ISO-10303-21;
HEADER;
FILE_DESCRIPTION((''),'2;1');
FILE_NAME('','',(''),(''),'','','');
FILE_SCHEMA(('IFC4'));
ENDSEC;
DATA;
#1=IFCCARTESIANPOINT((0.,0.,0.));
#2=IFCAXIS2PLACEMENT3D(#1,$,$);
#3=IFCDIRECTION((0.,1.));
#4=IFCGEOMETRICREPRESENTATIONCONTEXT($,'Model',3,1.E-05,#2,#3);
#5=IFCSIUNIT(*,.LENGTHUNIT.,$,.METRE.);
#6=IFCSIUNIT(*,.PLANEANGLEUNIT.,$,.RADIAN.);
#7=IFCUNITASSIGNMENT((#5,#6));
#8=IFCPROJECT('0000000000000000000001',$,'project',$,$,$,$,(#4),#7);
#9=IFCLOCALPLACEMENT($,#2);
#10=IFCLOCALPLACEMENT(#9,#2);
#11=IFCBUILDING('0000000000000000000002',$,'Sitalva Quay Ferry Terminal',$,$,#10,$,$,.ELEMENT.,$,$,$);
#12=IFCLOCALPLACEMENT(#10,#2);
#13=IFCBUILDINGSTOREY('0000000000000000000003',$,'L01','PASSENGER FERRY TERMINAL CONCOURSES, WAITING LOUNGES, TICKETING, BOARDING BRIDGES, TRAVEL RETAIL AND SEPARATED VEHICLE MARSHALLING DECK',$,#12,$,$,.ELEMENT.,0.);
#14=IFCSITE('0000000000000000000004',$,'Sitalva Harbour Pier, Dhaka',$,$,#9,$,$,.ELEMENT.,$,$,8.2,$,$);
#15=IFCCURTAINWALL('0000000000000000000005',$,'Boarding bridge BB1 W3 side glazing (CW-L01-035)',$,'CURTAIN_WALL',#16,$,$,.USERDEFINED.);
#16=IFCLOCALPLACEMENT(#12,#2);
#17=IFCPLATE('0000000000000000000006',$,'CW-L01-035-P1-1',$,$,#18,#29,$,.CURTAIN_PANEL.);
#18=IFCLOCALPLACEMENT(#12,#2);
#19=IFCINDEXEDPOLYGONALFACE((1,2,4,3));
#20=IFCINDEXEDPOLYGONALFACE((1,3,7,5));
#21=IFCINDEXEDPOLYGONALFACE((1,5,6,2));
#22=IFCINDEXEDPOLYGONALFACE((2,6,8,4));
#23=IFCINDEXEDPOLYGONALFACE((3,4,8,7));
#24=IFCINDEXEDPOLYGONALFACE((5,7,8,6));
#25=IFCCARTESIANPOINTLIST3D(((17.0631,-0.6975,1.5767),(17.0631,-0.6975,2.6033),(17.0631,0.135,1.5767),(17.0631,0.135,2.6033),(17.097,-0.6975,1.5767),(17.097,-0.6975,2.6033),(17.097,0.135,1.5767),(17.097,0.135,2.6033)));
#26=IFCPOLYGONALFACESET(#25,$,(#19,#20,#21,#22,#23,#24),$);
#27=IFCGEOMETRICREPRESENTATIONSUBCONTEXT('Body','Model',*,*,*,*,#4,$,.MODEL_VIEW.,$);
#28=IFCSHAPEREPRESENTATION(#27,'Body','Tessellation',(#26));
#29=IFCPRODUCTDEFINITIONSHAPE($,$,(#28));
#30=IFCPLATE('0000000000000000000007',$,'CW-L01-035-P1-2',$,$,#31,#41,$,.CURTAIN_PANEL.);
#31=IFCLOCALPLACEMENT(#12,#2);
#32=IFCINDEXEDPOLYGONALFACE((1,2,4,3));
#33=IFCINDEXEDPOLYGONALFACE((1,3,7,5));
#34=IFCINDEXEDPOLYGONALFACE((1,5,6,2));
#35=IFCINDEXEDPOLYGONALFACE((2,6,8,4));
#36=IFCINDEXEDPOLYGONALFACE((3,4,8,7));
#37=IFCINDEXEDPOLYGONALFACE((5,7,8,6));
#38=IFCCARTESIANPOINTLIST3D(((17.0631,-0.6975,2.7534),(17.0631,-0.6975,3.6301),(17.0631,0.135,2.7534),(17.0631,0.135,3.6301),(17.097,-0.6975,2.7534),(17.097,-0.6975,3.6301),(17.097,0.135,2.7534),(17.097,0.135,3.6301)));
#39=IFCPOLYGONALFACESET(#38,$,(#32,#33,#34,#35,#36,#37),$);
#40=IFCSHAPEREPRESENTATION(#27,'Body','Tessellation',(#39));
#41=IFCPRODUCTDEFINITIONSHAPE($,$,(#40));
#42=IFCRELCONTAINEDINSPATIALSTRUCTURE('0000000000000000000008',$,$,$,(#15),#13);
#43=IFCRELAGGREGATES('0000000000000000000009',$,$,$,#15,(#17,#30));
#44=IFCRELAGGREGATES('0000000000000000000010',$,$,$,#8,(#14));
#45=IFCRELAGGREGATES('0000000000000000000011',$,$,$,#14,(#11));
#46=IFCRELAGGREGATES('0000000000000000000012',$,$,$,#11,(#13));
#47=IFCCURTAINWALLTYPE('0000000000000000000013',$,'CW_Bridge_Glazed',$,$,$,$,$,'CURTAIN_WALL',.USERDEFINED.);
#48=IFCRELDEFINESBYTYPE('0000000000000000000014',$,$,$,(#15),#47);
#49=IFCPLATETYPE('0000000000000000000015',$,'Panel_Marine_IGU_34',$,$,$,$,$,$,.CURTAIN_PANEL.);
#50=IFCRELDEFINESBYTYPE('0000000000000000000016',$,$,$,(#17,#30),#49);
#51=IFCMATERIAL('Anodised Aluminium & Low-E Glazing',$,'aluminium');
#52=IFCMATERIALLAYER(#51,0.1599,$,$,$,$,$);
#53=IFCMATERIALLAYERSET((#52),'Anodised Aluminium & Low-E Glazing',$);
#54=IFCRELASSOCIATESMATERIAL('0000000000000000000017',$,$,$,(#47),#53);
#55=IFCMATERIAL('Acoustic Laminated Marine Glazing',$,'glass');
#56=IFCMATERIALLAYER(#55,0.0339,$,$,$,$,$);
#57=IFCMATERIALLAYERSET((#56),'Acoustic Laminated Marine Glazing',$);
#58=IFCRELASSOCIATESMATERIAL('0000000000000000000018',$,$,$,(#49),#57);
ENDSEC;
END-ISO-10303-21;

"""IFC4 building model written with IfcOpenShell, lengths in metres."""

from ifc_helpers import new_model, si_unit, direction, frame, origin, origin_2d, place, context, subcontext, project, spatial, rectangle, extrude, material, layer, layer_set, type_object, element, aggregate, save


model = new_model("IFC4")

# Units and contexts
model_context = context("Model", 3, precision=1e-05, world=origin(), true_north=direction((0.0, 1.0)))
body_context = subcontext(model_context, "Body", "Model", "MODEL_VIEW")
ifc_project = project(units=[si_unit("LENGTHUNIT", "METRE"), si_unit("PLANEANGLEUNIT", "RADIAN")], contexts=[model_context])

# Site, building, storey
site_placement = place(None, origin())
site = spatial("IfcSite", under=ifc_project, at=site_placement, Name="Sitalva Harbour Pier, Dhaka", CompositionType="ELEMENT", RefElevation=8.2)
building_placement = place(site_placement, origin())
building = spatial("IfcBuilding", under=site, at=building_placement, Name="Sitalva Quay Ferry Terminal", CompositionType="ELEMENT")
storey_placement = place(building_placement, origin())
storey = spatial("IfcBuildingStorey", under=building, at=storey_placement, Name="L01", Description="PASSENGER FERRY TERMINAL CONCOURSES, WAITING LOUNGES, TICKETING, BOARDING BRIDGES, TRAVEL RETAIL AND SEPARATED VEHICLE MARSHALLING DECK", CompositionType="ELEMENT", Elevation=0.0)

# Curtain wall
ifc_material_1 = material(Name="Anodised Aluminium & Low-E Glazing", Category="aluminium")
ifc_layer_1 = layer(ifc_material_1, 0.1599)
ifc_layer_set_1 = layer_set([ifc_layer_1], Name="Anodised Aluminium & Low-E Glazing")
curtain_wall_type = type_object("IfcCurtainWallType", Name="CW_Bridge_Glazed", ElementType="CURTAIN_WALL", PredefinedType="USERDEFINED", material=ifc_layer_set_1)
curtain_wall_1_placement = place(storey_placement, origin())
curtain_wall_1 = element("IfcCurtainWall", 1, at=curtain_wall_1_placement, inside=storey, type_object=curtain_wall_type, Name="Boarding bridge BB1 W3 side glazing (CW-L01-035)", ObjectType="CURTAIN_WALL", PredefinedType="USERDEFINED")

# Plates
ifc_material_2 = material(Name="Acoustic Laminated Marine Glazing", Category="glass")
ifc_layer_2 = layer(ifc_material_2, 0.0339)
ifc_layer_set_2 = layer_set([ifc_layer_2], Name="Acoustic Laminated Marine Glazing")
plate_type = type_object("IfcPlateType", Name="Panel_Marine_IGU_34", PredefinedType="CURTAIN_PANEL", material=ifc_layer_set_2)
plate_1_placement = place(storey_placement, frame((17.0801, -0.2812, 1.5767), z_axis=(0.0, 0.0, 1.0), x_axis=(0.0, 1.0, 0.0)))
plate_1 = element("IfcPlate", 2, at=plate_1_placement, type_object=plate_type, Name="CW-L01-035-P1-1", PredefinedType="CURTAIN_PANEL", context=body_context, shape_type="SweptSolid", body=[
    extrude(rectangle(XDim=0.8325, YDim=0.0339, at=origin_2d()), origin(), (0.0, 0.0, 1.0), 1.0266),
])
plate_2_placement = place(storey_placement, frame((17.0801, -0.2812, 2.7534), z_axis=(0.0, 0.0, 1.0), x_axis=(0.0, 1.0, 0.0)))
plate_2 = element("IfcPlate", 3, at=plate_2_placement, type_object=plate_type, Name="CW-L01-035-P1-2", PredefinedType="CURTAIN_PANEL", context=body_context, shape_type="SweptSolid", body=[
    extrude(rectangle(XDim=0.8325, YDim=0.0339, at=origin_2d()), origin(), (0.0, 0.0, 1.0), 0.8767),
])
aggregate(curtain_wall_1, [plate_1, plate_2])

save(model, "model.ifc")
